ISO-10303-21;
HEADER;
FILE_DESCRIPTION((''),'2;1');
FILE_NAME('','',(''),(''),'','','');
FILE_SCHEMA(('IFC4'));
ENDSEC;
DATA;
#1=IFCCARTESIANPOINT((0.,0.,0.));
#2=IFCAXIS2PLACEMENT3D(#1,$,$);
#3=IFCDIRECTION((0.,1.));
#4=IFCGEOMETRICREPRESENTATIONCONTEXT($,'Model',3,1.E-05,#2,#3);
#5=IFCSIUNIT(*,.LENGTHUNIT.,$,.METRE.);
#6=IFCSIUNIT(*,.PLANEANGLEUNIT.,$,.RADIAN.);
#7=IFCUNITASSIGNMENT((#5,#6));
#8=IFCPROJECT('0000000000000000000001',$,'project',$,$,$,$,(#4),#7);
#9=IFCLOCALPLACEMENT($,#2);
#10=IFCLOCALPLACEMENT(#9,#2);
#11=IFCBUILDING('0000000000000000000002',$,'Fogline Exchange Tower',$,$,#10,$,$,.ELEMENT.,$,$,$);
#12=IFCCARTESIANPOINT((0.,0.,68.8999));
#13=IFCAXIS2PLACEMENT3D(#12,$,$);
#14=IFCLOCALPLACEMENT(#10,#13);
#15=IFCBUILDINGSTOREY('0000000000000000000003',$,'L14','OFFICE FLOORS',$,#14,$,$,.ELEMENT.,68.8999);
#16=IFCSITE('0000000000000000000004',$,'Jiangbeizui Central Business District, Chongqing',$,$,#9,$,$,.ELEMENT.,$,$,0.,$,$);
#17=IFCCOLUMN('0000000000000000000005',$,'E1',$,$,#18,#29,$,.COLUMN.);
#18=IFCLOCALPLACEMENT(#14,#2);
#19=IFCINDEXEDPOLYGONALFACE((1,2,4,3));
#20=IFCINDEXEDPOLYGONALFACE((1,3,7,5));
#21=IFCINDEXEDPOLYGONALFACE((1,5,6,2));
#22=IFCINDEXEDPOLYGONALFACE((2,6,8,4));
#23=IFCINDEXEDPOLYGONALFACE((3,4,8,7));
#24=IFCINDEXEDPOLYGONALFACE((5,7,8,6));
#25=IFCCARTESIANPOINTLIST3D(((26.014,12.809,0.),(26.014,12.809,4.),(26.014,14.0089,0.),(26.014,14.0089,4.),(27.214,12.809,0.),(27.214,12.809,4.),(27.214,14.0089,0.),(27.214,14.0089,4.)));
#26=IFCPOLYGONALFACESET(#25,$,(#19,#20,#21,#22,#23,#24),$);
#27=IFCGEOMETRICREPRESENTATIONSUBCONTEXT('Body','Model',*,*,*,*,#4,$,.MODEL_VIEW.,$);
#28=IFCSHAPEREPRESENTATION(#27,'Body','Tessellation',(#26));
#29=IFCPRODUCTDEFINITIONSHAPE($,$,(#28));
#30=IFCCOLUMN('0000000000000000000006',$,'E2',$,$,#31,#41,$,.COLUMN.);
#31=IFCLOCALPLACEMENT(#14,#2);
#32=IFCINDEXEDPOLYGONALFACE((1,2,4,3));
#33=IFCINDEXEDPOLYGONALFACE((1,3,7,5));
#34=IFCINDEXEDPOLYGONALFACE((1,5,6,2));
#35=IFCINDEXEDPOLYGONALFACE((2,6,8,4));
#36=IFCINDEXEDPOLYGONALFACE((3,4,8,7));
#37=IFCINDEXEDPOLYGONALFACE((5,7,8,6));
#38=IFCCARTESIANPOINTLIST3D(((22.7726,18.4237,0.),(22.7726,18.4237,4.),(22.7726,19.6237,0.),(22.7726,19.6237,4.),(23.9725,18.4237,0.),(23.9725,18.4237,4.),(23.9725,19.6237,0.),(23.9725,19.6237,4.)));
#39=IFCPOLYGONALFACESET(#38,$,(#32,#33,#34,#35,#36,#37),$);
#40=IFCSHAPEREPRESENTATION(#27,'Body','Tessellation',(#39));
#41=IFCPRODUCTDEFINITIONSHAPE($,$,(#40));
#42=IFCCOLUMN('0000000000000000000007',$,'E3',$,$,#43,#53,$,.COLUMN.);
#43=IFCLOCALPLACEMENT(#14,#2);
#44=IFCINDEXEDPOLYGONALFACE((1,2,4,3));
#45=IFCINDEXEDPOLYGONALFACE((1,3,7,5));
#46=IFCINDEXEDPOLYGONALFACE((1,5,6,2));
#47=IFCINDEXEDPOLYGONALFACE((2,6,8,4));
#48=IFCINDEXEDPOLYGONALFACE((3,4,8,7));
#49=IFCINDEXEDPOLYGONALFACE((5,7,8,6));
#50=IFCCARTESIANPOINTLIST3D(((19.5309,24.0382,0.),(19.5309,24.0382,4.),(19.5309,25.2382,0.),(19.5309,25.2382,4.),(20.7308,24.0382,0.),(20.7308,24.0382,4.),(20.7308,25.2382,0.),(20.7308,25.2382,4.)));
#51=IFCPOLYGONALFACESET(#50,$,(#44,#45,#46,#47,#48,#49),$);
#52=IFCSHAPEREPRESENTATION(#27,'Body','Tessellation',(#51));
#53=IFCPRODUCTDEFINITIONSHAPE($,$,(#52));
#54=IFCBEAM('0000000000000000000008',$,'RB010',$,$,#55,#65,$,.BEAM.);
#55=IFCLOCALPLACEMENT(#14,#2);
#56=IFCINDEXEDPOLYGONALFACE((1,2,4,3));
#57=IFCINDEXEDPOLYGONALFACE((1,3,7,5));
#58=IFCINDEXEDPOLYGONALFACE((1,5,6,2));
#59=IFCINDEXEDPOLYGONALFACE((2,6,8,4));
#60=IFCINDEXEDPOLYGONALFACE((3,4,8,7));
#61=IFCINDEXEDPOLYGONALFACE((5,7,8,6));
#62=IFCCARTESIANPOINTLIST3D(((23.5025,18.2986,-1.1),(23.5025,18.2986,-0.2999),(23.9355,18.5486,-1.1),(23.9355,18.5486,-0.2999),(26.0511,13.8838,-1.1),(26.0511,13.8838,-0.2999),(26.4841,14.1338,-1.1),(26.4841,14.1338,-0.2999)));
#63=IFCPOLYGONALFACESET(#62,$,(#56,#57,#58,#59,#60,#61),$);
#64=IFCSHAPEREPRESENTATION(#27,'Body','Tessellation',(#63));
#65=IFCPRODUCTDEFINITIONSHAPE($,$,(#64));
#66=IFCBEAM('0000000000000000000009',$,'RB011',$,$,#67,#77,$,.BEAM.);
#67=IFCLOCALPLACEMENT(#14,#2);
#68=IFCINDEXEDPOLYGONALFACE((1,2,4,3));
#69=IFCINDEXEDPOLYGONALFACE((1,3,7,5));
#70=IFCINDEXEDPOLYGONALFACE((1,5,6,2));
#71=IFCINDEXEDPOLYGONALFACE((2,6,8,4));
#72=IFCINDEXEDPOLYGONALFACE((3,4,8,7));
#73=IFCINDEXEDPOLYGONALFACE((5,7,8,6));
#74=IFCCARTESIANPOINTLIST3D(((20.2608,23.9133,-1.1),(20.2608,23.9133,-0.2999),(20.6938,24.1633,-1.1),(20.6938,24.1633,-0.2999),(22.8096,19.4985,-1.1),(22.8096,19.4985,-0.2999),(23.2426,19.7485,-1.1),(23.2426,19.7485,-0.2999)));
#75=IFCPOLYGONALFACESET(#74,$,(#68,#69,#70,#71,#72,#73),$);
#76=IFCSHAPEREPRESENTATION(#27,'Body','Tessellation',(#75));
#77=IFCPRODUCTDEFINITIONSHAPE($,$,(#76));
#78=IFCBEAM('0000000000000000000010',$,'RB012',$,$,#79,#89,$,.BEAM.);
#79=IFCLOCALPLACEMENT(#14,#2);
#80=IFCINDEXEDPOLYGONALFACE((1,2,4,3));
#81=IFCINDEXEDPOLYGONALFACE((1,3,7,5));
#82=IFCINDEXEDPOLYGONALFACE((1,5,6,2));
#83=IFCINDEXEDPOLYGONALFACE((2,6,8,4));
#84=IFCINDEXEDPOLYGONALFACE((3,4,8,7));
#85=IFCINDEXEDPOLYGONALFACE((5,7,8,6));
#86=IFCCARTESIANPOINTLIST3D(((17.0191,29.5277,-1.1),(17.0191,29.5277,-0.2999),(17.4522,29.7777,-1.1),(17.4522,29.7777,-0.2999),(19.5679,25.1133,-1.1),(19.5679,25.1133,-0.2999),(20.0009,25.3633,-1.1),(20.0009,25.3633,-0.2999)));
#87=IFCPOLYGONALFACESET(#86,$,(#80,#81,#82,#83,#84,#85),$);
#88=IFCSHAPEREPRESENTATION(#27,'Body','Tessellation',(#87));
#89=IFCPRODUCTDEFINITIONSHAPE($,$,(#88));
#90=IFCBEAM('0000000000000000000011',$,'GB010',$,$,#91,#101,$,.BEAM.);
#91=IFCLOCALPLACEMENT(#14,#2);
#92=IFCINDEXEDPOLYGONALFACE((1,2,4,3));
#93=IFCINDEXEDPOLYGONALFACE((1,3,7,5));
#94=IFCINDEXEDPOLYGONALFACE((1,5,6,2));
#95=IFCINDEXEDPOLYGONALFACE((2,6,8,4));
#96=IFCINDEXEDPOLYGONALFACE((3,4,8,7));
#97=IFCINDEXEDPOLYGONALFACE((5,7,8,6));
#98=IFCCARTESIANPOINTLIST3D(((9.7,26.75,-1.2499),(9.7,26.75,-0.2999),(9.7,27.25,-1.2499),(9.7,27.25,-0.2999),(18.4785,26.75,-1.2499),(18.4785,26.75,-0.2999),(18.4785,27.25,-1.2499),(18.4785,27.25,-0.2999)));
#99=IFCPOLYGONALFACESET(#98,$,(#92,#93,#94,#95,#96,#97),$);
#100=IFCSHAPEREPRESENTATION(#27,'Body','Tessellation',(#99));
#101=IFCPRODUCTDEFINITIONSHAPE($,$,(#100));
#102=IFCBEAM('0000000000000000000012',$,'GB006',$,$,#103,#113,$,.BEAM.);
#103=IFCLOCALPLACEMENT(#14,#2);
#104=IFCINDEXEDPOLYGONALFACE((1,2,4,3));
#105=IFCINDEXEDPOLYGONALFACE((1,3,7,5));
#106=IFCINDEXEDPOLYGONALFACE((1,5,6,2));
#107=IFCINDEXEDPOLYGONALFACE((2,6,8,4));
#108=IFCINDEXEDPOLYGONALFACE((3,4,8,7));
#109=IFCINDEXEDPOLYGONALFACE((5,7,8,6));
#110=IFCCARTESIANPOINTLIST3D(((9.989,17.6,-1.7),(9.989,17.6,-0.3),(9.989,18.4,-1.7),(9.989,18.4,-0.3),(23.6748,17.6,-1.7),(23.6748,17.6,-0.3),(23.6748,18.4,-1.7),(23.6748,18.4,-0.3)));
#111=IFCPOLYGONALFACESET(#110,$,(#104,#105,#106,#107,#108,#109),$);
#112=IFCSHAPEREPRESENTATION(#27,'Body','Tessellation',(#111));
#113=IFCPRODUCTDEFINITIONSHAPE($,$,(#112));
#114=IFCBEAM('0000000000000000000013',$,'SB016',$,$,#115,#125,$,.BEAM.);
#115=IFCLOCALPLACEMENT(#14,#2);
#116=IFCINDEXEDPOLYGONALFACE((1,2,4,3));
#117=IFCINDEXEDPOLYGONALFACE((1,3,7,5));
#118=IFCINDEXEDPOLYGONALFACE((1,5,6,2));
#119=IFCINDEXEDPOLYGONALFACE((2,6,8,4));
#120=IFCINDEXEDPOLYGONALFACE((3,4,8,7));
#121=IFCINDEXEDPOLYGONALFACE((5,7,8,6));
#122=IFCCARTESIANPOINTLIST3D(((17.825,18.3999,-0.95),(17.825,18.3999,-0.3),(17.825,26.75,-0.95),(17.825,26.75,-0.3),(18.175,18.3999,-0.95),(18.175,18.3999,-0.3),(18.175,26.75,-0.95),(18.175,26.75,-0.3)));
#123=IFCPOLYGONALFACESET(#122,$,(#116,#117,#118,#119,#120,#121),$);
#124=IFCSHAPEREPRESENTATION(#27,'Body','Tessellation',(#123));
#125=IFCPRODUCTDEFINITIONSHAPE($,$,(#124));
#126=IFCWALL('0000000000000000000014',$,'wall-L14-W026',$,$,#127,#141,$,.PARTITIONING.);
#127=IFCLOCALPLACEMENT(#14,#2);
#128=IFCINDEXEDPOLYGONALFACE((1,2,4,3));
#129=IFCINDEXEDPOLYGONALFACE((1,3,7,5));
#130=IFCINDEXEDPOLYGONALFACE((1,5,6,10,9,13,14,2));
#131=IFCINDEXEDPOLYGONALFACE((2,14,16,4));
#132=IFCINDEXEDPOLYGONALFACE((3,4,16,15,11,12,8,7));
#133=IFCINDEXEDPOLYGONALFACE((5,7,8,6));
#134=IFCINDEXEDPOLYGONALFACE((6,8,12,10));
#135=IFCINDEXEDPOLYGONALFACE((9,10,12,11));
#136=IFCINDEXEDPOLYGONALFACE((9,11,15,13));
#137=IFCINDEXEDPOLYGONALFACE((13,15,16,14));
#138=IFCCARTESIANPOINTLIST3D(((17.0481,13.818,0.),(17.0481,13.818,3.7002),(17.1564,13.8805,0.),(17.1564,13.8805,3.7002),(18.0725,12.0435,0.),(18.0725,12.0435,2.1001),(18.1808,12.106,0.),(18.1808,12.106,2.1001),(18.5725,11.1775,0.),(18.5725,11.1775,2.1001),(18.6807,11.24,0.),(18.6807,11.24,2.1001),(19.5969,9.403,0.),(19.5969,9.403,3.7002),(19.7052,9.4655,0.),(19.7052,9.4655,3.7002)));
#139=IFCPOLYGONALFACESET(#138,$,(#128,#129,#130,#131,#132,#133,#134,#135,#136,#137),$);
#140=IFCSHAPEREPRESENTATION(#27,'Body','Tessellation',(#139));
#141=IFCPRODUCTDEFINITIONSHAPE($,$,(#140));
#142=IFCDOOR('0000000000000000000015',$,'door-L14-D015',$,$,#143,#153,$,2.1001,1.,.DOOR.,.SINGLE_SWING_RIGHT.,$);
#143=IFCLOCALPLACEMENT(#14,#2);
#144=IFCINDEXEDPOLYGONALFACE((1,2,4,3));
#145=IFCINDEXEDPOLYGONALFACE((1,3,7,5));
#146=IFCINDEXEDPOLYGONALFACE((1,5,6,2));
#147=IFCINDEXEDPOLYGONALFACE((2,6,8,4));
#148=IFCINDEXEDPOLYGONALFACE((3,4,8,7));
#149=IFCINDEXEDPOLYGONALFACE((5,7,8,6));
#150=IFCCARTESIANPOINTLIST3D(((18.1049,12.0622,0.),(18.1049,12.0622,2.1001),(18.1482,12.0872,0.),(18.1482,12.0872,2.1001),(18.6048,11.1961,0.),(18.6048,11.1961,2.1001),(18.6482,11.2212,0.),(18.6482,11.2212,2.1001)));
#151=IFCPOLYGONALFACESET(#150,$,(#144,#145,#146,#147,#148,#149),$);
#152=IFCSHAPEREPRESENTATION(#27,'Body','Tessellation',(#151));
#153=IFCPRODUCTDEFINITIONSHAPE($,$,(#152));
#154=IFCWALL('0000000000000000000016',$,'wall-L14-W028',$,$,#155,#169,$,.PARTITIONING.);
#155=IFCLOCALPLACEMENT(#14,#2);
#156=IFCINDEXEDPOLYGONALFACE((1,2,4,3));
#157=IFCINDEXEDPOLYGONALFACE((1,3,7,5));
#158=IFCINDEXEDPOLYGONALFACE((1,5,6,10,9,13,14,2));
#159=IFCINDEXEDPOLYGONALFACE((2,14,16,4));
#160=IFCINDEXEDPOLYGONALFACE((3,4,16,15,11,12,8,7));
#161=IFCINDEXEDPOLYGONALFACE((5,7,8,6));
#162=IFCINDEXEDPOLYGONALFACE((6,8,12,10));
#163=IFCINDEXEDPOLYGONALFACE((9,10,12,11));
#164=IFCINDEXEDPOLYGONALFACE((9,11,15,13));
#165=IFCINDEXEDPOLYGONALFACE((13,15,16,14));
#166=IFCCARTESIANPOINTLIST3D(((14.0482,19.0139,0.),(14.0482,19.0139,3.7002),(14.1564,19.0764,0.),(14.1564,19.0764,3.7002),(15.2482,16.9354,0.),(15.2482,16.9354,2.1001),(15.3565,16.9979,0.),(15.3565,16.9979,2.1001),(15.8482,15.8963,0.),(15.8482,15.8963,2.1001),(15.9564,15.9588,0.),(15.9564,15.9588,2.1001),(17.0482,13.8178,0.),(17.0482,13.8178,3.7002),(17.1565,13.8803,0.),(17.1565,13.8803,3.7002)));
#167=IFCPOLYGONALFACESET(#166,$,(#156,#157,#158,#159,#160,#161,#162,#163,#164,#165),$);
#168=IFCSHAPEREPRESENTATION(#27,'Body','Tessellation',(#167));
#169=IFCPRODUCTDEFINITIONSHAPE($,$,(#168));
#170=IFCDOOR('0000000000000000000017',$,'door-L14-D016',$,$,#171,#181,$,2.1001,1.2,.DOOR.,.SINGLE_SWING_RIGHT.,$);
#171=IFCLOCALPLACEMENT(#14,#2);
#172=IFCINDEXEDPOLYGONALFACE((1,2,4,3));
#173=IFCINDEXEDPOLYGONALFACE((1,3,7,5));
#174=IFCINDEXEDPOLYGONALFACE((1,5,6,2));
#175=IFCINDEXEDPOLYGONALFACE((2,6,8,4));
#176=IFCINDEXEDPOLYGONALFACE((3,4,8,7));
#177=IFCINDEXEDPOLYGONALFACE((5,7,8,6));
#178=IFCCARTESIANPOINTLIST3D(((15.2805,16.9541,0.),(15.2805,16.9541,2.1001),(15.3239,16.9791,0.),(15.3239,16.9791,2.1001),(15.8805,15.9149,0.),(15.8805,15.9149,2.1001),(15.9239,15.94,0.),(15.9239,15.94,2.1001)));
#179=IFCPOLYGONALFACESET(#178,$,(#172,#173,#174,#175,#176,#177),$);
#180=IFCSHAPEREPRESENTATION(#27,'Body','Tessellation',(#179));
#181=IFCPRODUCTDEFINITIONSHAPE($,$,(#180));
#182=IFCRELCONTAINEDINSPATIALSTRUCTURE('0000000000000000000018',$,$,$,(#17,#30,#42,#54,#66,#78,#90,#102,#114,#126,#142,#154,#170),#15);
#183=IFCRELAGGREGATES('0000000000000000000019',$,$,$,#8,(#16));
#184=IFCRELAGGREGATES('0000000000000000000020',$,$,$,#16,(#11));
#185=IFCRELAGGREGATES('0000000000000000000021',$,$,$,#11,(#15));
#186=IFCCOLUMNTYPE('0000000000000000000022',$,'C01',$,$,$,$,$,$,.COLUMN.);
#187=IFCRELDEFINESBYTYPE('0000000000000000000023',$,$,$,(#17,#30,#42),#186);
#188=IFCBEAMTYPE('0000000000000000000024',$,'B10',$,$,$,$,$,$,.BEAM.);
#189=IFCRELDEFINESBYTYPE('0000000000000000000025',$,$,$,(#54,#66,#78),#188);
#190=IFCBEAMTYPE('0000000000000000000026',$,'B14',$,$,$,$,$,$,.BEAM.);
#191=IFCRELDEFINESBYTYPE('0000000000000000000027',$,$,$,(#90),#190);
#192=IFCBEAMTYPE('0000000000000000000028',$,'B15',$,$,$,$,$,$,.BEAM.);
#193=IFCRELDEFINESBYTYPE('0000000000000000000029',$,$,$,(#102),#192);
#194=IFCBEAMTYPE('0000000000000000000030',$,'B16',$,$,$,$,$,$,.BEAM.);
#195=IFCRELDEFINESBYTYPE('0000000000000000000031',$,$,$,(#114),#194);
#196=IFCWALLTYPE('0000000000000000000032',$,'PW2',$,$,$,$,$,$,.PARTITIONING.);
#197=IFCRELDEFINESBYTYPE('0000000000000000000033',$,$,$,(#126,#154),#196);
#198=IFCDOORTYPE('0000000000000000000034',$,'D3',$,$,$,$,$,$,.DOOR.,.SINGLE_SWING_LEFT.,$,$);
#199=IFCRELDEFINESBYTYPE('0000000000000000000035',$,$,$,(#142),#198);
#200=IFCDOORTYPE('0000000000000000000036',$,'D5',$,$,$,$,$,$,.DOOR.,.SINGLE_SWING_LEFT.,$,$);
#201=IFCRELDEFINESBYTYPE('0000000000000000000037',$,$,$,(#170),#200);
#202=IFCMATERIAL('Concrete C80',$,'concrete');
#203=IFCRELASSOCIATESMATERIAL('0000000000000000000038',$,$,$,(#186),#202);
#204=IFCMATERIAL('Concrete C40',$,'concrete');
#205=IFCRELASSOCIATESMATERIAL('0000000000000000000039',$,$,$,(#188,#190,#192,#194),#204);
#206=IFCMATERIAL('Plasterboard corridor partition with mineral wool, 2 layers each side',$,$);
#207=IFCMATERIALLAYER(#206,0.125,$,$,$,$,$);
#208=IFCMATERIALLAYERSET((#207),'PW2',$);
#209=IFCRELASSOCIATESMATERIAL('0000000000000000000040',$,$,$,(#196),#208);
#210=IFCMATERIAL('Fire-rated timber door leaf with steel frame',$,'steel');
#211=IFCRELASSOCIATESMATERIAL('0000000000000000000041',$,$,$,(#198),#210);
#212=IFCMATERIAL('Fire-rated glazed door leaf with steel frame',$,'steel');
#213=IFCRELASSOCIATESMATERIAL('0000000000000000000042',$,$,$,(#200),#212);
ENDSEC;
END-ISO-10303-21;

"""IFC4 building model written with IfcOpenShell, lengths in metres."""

from ifc_helpers import new_model, si_unit, direction, frame, frame_2d, origin, origin_2d, place, context, subcontext, project, spatial, rectangle, extrude, material, layer, layer_set, material_profile, profile_set, type_object, element, fill, save


model = new_model("IFC4")

# Units and contexts
model_context = context("Model", 3, precision=1e-05, world=origin(), true_north=direction((0.0, 1.0)))
body_context = subcontext(model_context, "Body", "Model", "MODEL_VIEW")
ifc_project = project(units=[si_unit("LENGTHUNIT", "METRE"), si_unit("PLANEANGLEUNIT", "RADIAN")], contexts=[model_context])

# Site, building, storey
site_placement = place(None, origin())
site = spatial("IfcSite", under=ifc_project, at=site_placement, Name="Jiangbeizui Central Business District, Chongqing", CompositionType="ELEMENT", RefElevation=0.0)
building_placement = place(site_placement, origin())
building = spatial("IfcBuilding", under=site, at=building_placement, Name="Fogline Exchange Tower", CompositionType="ELEMENT")
storey_placement = place(building_placement, frame((0.0, 0.0, 68.8999)))
storey = spatial("IfcBuildingStorey", under=building, at=storey_placement, Name="L14", Description="OFFICE FLOORS", CompositionType="ELEMENT", Elevation=68.8999)

# Columns
ifc_material_1 = material(Name="Concrete C80", Category="concrete")
ifc_material_profile_1 = material_profile(ifc_material_1, rectangle(XDim=1.2, YDim=1.2, at=origin_2d()), Name="RC 1200x1200")
ifc_profile_set_1 = profile_set([ifc_material_profile_1], Name="Concrete C80")
column_type = type_object("IfcColumnType", Name="C01", PredefinedType="COLUMN", material=ifc_profile_set_1)
for number, where, z_axis, x_axis, name in (
    (1, (26.614, 13.4089, 0.0), (0.0, 0.0, 1.0), (1.0, 0.0, 0.0), "E1"),
    (2, (23.3726, 19.0237, 0.0), (0.0, 0.0, 1.0), (1.0, 0.0, 0.0), "E2"),
    (3, (20.1309, 24.6382, 0.0), (0.0, 0.0, 1.0), (1.0, 0.0, 0.0), "E3"),
):
    element("IfcColumn", number, at=place(storey_placement, frame(where, z_axis=z_axis, x_axis=x_axis)), inside=storey, type_object=column_type, Name=name, PredefinedType="COLUMN", context=body_context, shape_type="SweptSolid", body=[
        extrude(rectangle(XDim=1.2, YDim=1.2, at=origin_2d()), origin(), (0.0, 0.0, 1.0), 4.0),
    ])

# Beams
ifc_material_2 = material(Name="Concrete C40", Category="concrete")
ifc_material_profile_2 = material_profile(ifc_material_2, rectangle(XDim=0.5, YDim=0.8, at=origin_2d()), Name="RC 500x800")
ifc_profile_set_2 = profile_set([ifc_material_profile_2], Name="Concrete C40")
beam_type_1 = type_object("IfcBeamType", Name="B10", PredefinedType="BEAM", material=ifc_profile_set_2)
for number, where, z_axis, x_axis, name in (
    (4, (26.2676, 14.0088, -0.7), (-0.499956, 0.866051, 0.0), (-0.866051, -0.499956, 0.0), "RB010"),
    (5, (23.0261, 19.6235, -0.7), (-0.499992, 0.86603, 0.0), (-0.86603, -0.499992, 0.0), "RB011"),
):
    element("IfcBeam", number, at=place(storey_placement, frame(where, z_axis=z_axis, x_axis=x_axis)), inside=storey, type_object=beam_type_1, Name=name, PredefinedType="BEAM", context=body_context, shape_type="SweptSolid", body=[
        extrude(rectangle(XDim=0.5, YDim=0.8, at=origin_2d()), origin(), (0.0, 0.0, 1.0), 5.0977),
    ])
beam_1_placement = place(storey_placement, frame((19.7844, 25.2383, -0.7), z_axis=(-0.500013, 0.866018, 0.0), x_axis=(-0.866018, -0.500013, 0.0)))
element("IfcBeam", 6, at=beam_1_placement, inside=storey, type_object=beam_type_1, Name="RB012", PredefinedType="BEAM", context=body_context, shape_type="SweptSolid", body=[
    extrude(rectangle(XDim=0.5, YDim=0.8, at=origin_2d()), origin(), (0.0, 0.0, 1.0), 5.0974),
])
ifc_material_profile_3 = material_profile(ifc_material_2, rectangle(XDim=0.5, YDim=0.95, at=origin_2d()), Name="RC 500x950")
ifc_profile_set_3 = profile_set([ifc_material_profile_3], Name="Concrete C40")
beam_type_2 = type_object("IfcBeamType", Name="B14", PredefinedType="BEAM", material=ifc_profile_set_3)
beam_2_placement = place(storey_placement, frame((9.7, 27.0, -0.7749), z_axis=(1.0, 0.0, 0.0), x_axis=(0.0, 1.0, 0.0)))
element("IfcBeam", 7, at=beam_2_placement, inside=storey, type_object=beam_type_2, Name="GB010", PredefinedType="BEAM", context=body_context, shape_type="SweptSolid", body=[
    extrude(rectangle(XDim=0.5, YDim=0.95, at=origin_2d()), origin(), (0.0, 0.0, 1.0), 8.7786),
])
ifc_material_profile_4 = material_profile(ifc_material_2, rectangle(XDim=0.8, YDim=1.3999, at=origin_2d()), Name="RC 800x1400")
ifc_profile_set_4 = profile_set([ifc_material_profile_4], Name="Concrete C40")
beam_type_3 = type_object("IfcBeamType", Name="B15", PredefinedType="BEAM", material=ifc_profile_set_4)
beam_3_placement = place(storey_placement, frame((9.989, 18.0, -1.0), z_axis=(1.0, 0.0, 0.0), x_axis=(0.0, 1.0, 0.0)))
element("IfcBeam", 8, at=beam_3_placement, inside=storey, type_object=beam_type_3, Name="GB006", PredefinedType="BEAM", context=body_context, shape_type="SweptSolid", body=[
    extrude(rectangle(XDim=0.8, YDim=1.3999, at=origin_2d()), origin(), (0.0, 0.0, 1.0), 13.6858),
])
ifc_material_profile_5 = material_profile(ifc_material_2, rectangle(XDim=0.3501, YDim=0.6499, at=origin_2d()), Name="RC 350x650")
ifc_profile_set_5 = profile_set([ifc_material_profile_5], Name="Concrete C40")
beam_type_4 = type_object("IfcBeamType", Name="B16", PredefinedType="BEAM", material=ifc_profile_set_5)
beam_4_placement = place(storey_placement, frame((18.0, 18.3999, -0.625), z_axis=(0.0, 1.0, 0.0), x_axis=(-1.0, 0.0, 0.0)))
element("IfcBeam", 9, at=beam_4_placement, inside=storey, type_object=beam_type_4, Name="SB016", PredefinedType="BEAM", context=body_context, shape_type="SweptSolid", body=[
    extrude(rectangle(XDim=0.3501, YDim=0.6499, at=origin_2d()), origin(), (0.0, 0.0, 1.0), 8.3501),
])

# Walls, openings, doors
ifc_material_3 = material(Name="Plasterboard corridor partition with mineral wool, 2 layers each side")
ifc_layer_1 = layer(ifc_material_3, 0.125)
ifc_layer_set_1 = layer_set([ifc_layer_1], Name="PW2")
wall_type_1 = type_object("IfcWallType", Name="PW2", PredefinedType="PARTITIONING", material=ifc_layer_set_1)
wall_1_placement = place(storey_placement, frame((17.1023, 13.8491, 0.0), z_axis=(0.0, 0.0, 1.0), x_axis=(0.499971, -0.866042, 0.0)))
wall_1 = element("IfcWall", 10, at=wall_1_placement, inside=storey, type_object=wall_type_1, Name="wall-L14-W026", PredefinedType="PARTITIONING", context=body_context, shape_type="SweptSolid", body=[
    extrude(rectangle(XDim=5.0979, YDim=0.125, at=frame_2d((2.5488, 0.0))), origin(), (0.0, 0.0, 1.0), 3.7002),
])
opening_1_placement = place(wall_1_placement, frame((2.0488, 0.0, 0.0)))
opening_1 = element("IfcOpeningElement", 11, at=opening_1_placement, cuts=wall_1, PredefinedType="OPENING", context=body_context, shape_type="SweptSolid", body=[
    extrude(rectangle(XDim=1.0, YDim=2.1001, at=frame_2d((0.5, 1.05))), frame((0.0, 0.0725, 0.0), z_axis=(0.0, -1.0, 0.0), x_axis=(1.0, 0.0, 0.0)), (0.0, 0.0, 1.0), 0.145),
])
ifc_material_4 = material(Name="Fire-rated timber door leaf with steel frame", Category="steel")
door_type_1 = type_object("IfcDoorType", Name="D3", OperationType="SINGLE_SWING_LEFT", PredefinedType="DOOR", material=ifc_material_4)
door_1_placement = place(opening_1_placement, origin())
door_1 = element("IfcDoor", 12, at=door_1_placement, inside=storey, type_object=door_type_1, Name="door-L14-D015", OperationType="SINGLE_SWING_RIGHT", OverallHeight=2.1001, OverallWidth=1.0, PredefinedType="DOOR", context=body_context, shape_type="SweptSolid", body=[
    extrude(rectangle(XDim=1.0, YDim=2.1001, at=frame_2d((0.5, 1.05))), frame((0.0, 0.0249, 0.0), z_axis=(0.0, -1.0, 0.0), x_axis=(1.0, 0.0, 0.0)), (0.0, 0.0, 1.0), 0.05),
])
fill(opening_1, door_1)
wall_2_placement = place(storey_placement, frame((14.1023, 19.0452, 0.0), z_axis=(0.0, 0.0, 1.0), x_axis=(0.500008, -0.866021, 0.0)))
wall_2 = element("IfcWall", 13, at=wall_2_placement, inside=storey, type_object=wall_type_1, Name="wall-L14-W028", PredefinedType="PARTITIONING", context=body_context, shape_type="SweptSolid", body=[
    extrude(rectangle(XDim=6.0, YDim=0.125, at=frame_2d((3.0, 0.0))), origin(), (0.0, 0.0, 1.0), 3.7002),
])
opening_2_placement = place(wall_2_placement, frame((2.3999, 0.0, 0.0)))
opening_2 = element("IfcOpeningElement", 14, at=opening_2_placement, cuts=wall_2, PredefinedType="OPENING", context=body_context, shape_type="SweptSolid", body=[
    extrude(rectangle(XDim=1.2, YDim=2.1001, at=frame_2d((0.6001, 1.05))), frame((0.0, 0.0725, 0.0), z_axis=(0.0, -1.0, 0.0), x_axis=(1.0, 0.0, 0.0)), (0.0, 0.0, 1.0), 0.145),
])
ifc_material_5 = material(Name="Fire-rated glazed door leaf with steel frame", Category="steel")
door_type_2 = type_object("IfcDoorType", Name="D5", OperationType="SINGLE_SWING_LEFT", PredefinedType="DOOR", material=ifc_material_5)
door_2_placement = place(opening_2_placement, origin())
door_2 = element("IfcDoor", 15, at=door_2_placement, inside=storey, type_object=door_type_2, Name="door-L14-D016", OperationType="SINGLE_SWING_RIGHT", OverallHeight=2.1001, OverallWidth=1.2, PredefinedType="DOOR", context=body_context, shape_type="SweptSolid", body=[
    extrude(rectangle(XDim=1.2, YDim=2.1001, at=frame_2d((0.6001, 1.05))), frame((0.0, 0.0249, 0.0), z_axis=(0.0, -1.0, 0.0), x_axis=(1.0, 0.0, 0.0)), (0.0, 0.0, 1.0), 0.05),
])
fill(opening_2, door_2)

save(model, "model.ifc")
